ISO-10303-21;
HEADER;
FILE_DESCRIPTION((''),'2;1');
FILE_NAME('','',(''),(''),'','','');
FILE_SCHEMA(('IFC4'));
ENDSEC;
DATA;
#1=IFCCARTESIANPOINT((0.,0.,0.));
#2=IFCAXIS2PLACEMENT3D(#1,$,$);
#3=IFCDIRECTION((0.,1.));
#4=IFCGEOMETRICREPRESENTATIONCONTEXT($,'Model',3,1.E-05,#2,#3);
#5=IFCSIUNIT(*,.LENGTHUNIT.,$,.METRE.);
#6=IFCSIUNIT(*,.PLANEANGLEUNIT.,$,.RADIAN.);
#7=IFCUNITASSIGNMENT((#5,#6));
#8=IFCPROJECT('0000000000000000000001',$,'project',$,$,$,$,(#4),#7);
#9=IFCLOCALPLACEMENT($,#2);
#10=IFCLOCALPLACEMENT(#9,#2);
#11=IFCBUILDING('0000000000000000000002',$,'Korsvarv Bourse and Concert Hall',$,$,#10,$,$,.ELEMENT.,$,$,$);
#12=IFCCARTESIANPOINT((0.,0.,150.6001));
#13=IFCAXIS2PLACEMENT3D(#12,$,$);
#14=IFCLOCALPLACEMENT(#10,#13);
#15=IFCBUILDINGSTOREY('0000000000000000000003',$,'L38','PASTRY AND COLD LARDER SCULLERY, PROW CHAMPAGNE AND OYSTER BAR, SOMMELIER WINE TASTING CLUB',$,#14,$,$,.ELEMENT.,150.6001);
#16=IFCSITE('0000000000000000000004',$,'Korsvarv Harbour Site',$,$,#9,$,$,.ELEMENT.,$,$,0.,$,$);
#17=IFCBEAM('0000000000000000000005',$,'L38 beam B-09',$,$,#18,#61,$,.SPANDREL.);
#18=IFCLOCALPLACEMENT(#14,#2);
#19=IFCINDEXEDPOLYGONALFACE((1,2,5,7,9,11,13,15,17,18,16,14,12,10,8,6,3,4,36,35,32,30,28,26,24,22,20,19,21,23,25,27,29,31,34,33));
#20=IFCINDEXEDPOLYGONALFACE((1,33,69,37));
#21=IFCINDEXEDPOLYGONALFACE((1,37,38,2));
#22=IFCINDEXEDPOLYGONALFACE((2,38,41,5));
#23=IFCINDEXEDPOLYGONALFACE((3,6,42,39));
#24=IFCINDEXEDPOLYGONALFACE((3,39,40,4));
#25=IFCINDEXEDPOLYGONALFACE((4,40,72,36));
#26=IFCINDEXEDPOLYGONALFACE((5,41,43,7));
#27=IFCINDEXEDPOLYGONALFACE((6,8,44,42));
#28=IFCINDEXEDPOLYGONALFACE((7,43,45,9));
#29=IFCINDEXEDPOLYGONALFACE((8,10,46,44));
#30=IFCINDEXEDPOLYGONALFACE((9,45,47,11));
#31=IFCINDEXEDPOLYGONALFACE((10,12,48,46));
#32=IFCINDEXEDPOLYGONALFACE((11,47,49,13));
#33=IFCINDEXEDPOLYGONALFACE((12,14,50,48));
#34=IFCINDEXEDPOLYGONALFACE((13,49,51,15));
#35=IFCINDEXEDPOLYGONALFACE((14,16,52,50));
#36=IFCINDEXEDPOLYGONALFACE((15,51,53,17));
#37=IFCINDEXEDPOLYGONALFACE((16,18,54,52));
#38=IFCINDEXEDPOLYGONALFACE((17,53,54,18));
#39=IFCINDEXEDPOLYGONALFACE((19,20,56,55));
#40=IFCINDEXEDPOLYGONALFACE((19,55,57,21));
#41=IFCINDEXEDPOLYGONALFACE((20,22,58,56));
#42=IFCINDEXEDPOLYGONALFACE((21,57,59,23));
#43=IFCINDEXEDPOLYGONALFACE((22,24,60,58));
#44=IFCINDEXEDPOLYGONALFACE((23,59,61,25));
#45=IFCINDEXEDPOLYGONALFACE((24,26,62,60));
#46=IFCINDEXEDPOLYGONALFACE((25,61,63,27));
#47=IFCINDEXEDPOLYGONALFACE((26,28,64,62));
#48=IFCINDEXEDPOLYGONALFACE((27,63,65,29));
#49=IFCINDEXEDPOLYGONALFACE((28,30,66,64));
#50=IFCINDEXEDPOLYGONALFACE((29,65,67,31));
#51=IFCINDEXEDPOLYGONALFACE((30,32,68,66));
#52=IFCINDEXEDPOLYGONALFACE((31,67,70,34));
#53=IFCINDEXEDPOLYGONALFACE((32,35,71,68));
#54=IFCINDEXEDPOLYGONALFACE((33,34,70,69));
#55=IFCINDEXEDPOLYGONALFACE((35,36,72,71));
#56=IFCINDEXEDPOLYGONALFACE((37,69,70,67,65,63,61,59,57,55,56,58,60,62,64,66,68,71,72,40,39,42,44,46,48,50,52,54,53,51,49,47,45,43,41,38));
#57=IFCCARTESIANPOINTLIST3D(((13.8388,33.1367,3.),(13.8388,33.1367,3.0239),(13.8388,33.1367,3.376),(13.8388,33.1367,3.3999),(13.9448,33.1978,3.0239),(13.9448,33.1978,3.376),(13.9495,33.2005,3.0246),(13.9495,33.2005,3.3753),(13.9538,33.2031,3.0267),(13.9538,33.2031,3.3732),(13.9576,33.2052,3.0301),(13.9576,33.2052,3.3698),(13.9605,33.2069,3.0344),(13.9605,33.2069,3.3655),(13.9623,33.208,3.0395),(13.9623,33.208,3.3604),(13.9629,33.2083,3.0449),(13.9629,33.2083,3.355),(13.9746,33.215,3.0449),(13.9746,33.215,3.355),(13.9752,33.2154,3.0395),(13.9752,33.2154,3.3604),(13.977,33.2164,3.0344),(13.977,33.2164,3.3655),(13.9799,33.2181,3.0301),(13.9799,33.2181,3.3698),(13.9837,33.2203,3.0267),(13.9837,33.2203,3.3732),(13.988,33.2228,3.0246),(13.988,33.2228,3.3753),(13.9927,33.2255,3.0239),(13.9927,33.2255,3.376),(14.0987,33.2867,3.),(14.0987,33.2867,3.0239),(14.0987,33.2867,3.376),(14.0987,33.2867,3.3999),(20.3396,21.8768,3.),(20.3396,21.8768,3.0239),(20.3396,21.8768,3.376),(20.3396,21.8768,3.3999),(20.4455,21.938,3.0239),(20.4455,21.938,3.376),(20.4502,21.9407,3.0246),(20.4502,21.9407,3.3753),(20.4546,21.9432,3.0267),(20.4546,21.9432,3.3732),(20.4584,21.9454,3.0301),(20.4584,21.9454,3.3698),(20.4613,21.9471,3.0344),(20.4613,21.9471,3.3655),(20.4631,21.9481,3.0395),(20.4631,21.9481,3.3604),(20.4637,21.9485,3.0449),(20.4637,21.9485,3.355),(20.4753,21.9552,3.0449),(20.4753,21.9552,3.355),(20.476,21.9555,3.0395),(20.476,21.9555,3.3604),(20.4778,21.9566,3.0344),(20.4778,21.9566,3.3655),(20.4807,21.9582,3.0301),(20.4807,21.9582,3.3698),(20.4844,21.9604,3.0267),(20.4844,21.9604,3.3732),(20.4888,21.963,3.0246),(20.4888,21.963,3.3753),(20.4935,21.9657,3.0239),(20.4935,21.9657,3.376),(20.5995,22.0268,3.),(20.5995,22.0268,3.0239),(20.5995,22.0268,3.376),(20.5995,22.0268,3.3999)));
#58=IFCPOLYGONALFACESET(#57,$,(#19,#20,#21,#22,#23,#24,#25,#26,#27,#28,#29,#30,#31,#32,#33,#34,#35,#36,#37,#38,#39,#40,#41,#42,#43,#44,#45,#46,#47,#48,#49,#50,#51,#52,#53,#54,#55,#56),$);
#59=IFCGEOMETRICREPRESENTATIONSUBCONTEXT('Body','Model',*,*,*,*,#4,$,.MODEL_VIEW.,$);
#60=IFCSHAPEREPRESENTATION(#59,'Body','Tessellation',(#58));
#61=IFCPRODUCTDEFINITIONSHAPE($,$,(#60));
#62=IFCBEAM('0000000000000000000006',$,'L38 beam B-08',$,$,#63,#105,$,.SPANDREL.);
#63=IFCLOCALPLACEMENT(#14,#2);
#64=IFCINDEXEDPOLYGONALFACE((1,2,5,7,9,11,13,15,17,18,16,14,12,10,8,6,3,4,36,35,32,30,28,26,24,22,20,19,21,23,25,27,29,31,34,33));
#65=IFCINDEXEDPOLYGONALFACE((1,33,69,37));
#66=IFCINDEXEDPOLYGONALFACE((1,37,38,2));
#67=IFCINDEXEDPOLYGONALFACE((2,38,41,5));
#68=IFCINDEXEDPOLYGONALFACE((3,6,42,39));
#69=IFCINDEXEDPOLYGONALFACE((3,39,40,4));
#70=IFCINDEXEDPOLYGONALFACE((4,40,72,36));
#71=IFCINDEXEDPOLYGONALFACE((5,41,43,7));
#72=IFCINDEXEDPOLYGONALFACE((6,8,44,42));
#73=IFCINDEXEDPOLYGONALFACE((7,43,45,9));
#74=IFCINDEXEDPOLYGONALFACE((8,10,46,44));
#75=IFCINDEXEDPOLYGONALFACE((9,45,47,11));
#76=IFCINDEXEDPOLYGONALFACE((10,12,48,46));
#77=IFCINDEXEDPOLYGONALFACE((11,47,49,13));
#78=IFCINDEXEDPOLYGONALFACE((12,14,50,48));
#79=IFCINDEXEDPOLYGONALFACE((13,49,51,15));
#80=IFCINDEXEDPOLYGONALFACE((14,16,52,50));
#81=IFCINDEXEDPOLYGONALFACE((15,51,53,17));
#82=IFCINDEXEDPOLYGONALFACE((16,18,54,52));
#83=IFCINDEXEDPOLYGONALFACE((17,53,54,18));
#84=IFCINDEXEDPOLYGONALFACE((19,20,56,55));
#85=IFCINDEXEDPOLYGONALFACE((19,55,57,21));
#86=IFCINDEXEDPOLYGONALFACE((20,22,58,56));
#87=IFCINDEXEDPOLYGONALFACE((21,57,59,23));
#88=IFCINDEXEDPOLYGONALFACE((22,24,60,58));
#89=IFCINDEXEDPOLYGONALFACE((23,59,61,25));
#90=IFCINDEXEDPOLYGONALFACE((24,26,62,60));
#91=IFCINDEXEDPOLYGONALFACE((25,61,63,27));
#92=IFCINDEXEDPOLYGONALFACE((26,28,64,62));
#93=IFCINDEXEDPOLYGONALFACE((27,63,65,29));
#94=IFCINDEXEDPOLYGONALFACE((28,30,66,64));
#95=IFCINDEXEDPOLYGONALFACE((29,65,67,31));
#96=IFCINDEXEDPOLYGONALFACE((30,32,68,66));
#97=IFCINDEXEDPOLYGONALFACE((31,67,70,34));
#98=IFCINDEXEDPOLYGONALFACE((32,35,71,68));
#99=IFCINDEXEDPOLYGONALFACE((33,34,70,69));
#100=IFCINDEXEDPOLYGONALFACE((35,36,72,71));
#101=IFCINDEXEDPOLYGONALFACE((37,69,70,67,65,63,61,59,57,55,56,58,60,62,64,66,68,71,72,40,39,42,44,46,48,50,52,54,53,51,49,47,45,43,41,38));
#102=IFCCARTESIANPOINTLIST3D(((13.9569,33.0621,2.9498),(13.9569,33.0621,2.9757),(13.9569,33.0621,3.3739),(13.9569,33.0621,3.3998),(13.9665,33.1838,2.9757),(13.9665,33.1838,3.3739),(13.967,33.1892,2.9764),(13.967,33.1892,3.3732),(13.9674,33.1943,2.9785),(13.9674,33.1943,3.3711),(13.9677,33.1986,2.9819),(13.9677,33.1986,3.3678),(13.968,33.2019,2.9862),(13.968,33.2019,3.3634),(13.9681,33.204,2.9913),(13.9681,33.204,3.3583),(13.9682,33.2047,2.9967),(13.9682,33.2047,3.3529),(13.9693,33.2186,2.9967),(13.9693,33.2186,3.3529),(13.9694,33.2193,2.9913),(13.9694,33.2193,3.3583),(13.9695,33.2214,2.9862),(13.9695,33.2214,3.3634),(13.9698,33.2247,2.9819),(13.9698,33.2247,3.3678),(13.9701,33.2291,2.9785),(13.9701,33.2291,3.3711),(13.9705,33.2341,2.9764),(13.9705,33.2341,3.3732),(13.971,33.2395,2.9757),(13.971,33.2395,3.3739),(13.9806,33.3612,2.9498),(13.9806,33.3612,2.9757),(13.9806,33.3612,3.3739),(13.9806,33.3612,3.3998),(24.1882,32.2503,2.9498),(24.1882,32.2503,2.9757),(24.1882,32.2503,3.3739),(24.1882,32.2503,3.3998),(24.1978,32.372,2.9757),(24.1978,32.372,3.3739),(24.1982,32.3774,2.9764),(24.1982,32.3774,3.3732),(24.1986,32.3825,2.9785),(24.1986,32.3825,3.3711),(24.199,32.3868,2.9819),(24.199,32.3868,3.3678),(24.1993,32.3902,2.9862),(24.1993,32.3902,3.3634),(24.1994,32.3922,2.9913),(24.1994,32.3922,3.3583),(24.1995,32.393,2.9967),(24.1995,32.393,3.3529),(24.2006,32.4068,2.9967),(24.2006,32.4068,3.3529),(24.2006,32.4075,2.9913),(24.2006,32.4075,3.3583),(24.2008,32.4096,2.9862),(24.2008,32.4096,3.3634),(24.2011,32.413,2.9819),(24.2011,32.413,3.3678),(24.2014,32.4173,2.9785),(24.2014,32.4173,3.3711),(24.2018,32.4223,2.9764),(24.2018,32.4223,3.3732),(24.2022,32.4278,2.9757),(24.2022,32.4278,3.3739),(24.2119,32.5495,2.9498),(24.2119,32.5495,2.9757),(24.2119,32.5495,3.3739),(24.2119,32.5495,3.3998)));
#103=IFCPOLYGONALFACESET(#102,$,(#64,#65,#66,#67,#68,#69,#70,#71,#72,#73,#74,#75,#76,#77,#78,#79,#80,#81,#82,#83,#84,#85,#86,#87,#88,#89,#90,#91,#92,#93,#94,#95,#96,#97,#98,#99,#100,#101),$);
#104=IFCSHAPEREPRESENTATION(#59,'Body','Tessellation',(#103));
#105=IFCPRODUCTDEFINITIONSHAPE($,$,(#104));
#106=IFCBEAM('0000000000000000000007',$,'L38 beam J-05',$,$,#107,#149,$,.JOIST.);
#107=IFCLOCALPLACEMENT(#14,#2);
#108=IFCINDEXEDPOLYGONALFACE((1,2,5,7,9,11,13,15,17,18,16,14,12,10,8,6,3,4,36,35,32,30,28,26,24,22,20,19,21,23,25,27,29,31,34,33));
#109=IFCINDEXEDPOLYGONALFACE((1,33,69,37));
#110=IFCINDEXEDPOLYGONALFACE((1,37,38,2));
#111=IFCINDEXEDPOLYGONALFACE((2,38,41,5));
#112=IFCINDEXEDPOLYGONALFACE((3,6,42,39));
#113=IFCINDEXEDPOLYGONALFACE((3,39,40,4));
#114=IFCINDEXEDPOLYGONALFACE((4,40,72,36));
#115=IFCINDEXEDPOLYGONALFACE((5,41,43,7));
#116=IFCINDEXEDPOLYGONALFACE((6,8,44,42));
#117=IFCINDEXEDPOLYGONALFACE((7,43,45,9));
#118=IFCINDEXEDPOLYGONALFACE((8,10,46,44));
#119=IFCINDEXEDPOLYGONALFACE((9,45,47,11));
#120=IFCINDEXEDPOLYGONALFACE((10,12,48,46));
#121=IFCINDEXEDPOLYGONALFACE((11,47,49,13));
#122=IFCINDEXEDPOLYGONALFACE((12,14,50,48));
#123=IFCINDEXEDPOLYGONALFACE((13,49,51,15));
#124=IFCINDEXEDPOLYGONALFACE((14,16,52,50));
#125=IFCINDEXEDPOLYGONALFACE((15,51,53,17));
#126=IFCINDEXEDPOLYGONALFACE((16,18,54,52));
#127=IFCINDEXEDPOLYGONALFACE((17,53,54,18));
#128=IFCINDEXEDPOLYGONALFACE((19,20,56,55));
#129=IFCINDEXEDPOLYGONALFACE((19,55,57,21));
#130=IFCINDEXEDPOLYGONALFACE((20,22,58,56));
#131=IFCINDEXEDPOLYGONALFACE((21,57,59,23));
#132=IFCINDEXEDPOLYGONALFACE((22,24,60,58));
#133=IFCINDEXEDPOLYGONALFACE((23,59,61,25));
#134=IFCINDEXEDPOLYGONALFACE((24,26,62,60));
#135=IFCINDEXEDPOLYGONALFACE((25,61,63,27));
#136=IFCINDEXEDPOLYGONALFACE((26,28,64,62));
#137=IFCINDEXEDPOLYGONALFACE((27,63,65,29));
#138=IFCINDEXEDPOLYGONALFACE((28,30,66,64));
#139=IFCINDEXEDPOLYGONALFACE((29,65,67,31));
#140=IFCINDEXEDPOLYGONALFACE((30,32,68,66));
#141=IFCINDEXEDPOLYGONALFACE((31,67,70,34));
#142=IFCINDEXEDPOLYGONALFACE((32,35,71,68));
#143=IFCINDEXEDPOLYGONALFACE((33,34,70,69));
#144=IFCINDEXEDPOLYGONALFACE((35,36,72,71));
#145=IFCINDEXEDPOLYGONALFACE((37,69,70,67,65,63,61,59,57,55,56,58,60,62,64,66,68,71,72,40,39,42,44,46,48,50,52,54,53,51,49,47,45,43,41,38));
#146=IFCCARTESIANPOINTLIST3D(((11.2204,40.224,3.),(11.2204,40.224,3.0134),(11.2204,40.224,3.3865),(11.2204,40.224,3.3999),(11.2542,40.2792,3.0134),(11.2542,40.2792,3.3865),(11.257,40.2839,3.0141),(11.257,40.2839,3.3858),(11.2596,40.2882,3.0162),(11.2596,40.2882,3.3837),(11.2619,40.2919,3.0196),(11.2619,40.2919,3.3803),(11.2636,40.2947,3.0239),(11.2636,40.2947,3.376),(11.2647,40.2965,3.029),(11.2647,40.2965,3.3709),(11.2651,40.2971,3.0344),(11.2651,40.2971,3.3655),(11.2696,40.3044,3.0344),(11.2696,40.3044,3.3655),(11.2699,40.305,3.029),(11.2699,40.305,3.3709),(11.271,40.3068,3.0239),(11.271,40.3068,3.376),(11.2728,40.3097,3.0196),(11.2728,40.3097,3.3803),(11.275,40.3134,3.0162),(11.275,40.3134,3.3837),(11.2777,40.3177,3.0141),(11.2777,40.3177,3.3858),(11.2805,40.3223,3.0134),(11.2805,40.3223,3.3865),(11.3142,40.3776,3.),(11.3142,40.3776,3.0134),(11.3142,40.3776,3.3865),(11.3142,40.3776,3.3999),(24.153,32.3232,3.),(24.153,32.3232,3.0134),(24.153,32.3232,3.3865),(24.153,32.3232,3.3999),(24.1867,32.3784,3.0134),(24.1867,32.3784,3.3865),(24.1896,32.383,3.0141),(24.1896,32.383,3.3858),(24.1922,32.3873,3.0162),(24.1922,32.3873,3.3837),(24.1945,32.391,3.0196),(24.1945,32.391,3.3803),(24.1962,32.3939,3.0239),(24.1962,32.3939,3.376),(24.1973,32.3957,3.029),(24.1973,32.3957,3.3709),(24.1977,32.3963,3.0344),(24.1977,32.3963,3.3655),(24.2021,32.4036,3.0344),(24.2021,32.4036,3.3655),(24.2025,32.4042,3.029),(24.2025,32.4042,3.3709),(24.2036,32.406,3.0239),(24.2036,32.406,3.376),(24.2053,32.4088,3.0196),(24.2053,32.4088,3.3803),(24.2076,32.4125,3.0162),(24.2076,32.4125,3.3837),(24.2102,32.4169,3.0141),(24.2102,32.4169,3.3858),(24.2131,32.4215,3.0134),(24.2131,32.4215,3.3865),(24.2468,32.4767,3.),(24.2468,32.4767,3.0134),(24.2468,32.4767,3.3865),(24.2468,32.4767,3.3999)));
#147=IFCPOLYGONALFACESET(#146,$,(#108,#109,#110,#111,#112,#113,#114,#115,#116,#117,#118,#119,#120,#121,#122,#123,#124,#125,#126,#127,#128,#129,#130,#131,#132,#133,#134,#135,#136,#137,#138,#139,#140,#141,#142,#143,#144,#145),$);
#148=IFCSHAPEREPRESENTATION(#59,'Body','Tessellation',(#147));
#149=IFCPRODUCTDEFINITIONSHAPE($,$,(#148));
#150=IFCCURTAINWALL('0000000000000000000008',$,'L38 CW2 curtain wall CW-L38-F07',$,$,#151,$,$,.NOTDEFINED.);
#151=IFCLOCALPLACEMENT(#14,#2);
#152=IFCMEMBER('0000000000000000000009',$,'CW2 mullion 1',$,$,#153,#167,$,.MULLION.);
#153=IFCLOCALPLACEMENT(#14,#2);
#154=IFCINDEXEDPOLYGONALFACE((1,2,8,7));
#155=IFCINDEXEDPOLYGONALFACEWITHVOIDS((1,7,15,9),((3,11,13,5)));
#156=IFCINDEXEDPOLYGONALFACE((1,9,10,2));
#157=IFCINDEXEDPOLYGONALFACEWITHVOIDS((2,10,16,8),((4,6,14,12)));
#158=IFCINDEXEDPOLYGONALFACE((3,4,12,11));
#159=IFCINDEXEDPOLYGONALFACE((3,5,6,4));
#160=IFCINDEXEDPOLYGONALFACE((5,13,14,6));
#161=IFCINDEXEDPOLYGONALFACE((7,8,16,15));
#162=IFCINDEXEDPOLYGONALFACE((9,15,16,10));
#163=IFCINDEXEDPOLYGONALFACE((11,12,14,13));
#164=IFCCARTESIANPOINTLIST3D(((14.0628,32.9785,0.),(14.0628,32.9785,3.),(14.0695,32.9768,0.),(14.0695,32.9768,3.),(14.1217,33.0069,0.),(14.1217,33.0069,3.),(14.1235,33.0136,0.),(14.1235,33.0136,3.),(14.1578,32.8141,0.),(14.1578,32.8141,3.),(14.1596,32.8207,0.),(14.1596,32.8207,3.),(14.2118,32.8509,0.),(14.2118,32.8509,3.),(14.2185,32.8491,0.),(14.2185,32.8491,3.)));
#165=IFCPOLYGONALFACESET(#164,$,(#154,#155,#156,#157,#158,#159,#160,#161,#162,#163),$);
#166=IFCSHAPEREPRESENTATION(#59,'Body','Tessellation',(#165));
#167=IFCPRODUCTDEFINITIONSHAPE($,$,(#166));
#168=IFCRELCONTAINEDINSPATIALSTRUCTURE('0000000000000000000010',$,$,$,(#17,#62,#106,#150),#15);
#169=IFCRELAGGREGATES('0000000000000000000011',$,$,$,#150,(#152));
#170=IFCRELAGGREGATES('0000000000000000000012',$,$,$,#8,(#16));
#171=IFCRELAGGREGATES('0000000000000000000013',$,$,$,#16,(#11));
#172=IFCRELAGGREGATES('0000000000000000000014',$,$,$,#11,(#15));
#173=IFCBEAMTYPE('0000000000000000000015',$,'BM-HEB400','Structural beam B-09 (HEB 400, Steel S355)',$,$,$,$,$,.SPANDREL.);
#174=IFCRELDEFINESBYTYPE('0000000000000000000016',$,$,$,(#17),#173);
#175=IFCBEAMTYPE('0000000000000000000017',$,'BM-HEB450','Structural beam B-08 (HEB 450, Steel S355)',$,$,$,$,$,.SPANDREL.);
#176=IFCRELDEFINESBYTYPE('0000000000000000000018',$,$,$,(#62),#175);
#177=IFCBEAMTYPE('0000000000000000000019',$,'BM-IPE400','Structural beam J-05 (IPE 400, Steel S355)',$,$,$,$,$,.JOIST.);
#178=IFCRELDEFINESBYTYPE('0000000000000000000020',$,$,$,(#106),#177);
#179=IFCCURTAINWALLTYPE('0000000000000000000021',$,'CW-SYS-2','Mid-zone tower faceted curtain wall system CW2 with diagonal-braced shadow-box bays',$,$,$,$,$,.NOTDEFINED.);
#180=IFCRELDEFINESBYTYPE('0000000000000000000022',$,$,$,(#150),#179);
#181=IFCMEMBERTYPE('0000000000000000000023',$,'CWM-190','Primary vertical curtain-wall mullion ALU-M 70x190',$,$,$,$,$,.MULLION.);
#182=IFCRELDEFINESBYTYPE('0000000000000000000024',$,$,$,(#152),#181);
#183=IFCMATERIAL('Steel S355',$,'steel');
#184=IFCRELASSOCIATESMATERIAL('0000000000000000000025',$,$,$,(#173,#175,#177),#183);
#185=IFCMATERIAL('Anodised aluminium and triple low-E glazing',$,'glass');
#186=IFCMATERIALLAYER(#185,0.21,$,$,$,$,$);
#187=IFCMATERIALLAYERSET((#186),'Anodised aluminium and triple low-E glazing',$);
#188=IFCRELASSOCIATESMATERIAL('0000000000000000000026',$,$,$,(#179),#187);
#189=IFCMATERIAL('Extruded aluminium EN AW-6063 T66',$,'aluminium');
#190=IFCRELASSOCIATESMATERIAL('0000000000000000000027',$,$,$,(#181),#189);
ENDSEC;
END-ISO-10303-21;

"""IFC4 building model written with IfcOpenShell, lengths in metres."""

from ifc_helpers import new_model, si_unit, direction, frame, origin, origin_2d, place, context, subcontext, project, spatial, hollow_rectangle, i_section, extrude, source, transform, mapped, material, layer, layer_set, material_profile, profile_set, type_object, element, aggregate, save


model = new_model("IFC4")

# Units and contexts
model_context = context("Model", 3, precision=1e-05, world=origin(), true_north=direction((0.0, 1.0)))
body_context = subcontext(model_context, "Body", "Model", "MODEL_VIEW")
ifc_project = project(units=[si_unit("LENGTHUNIT", "METRE"), si_unit("PLANEANGLEUNIT", "RADIAN")], contexts=[model_context])

# Site, building, storey
site_placement = place(None, origin())
site = spatial("IfcSite", under=ifc_project, at=site_placement, Name="Korsvarv Harbour Site", CompositionType="ELEMENT", RefElevation=0.0)
building_placement = place(site_placement, origin())
building = spatial("IfcBuilding", under=site, at=building_placement, Name="Korsvarv Bourse and Concert Hall", CompositionType="ELEMENT")
storey_placement = place(building_placement, frame((0.0, 0.0, 150.6001)))
storey = spatial("IfcBuildingStorey", under=building, at=storey_placement, Name="L38", Description="PASTRY AND COLD LARDER SCULLERY, PROW CHAMPAGNE AND OYSTER BAR, SOMMELIER WINE TASTING CLUB", CompositionType="ELEMENT", Elevation=150.6001)

# Shared definitions
ifc_material_1 = material(Name="Steel S355", Category="steel")

# Beams
ifc_material_profile_1 = material_profile(ifc_material_1, i_section(OverallWidth=0.3, OverallDepth=0.3999, WebThickness=0.0134, FlangeThickness=0.0239, FilletRadius=0.021, at=origin_2d()), Name="HEB 400")
ifc_profile_set_1 = profile_set([ifc_material_profile_1], Name="Steel S355")
beam_type_1 = type_object("IfcBeamType", Name="BM-HEB400", Description="Structural beam B-09 (HEB 400, Steel S355)", PredefinedType="SPANDREL", material=ifc_profile_set_1)
shared_shape_1 = source(origin(), body_context, "Body", "SweptSolid", [
    extrude(i_section(OverallWidth=0.3, OverallDepth=0.3999, WebThickness=0.0134, FlangeThickness=0.0239, FilletRadius=0.021, at=origin_2d()), origin(), (0.0, 0.0, 1.0), 13.0017),
])
beam_1_placement = place(storey_placement, frame((13.9688, 33.2117, 3.2), z_axis=(0.499994, -0.866029, 0.0), x_axis=(0.866029, 0.499994, 0.0)))
element("IfcBeam", 1, at=beam_1_placement, inside=storey, type_object=beam_type_1, Name="L38 beam B-09", PredefinedType="SPANDREL", context=body_context, shape_type="MappedRepresentation", body=[
    mapped(shared_shape_1, transform((0.0, 0.0, 0.0), scale=1.0)),
])
ifc_material_profile_2 = material_profile(ifc_material_1, i_section(OverallWidth=0.3, OverallDepth=0.45, WebThickness=0.0139, FlangeThickness=0.0259, FilletRadius=0.021, at=origin_2d()), Name="HEB 450")
ifc_profile_set_2 = profile_set([ifc_material_profile_2], Name="Steel S355")
beam_type_2 = type_object("IfcBeamType", Name="BM-HEB450", Description="Structural beam B-08 (HEB 450, Steel S355)", PredefinedType="SPANDREL", material=ifc_profile_set_2)
shared_shape_2 = source(origin(), body_context, "Body", "SweptSolid", [
    extrude(i_section(OverallWidth=0.3, OverallDepth=0.45, WebThickness=0.0139, FlangeThickness=0.0259, FilletRadius=0.021, at=origin_2d()), origin(), (0.0, 0.0, 1.0), 10.2634),
])
beam_2_placement = place(storey_placement, frame((13.9688, 33.2117, 3.1748), z_axis=(0.996867, -0.079094, 0.0), x_axis=(0.079094, 0.996867, 0.0)))
element("IfcBeam", 2, at=beam_2_placement, inside=storey, type_object=beam_type_2, Name="L38 beam B-08", PredefinedType="SPANDREL", context=body_context, shape_type="MappedRepresentation", body=[
    mapped(shared_shape_2, transform((0.0, 0.0, 0.0), scale=1.0)),
])
ifc_material_profile_3 = material_profile(ifc_material_1, i_section(OverallWidth=0.1799, OverallDepth=0.3999, WebThickness=0.0085, FlangeThickness=0.0134, FilletRadius=0.021, at=origin_2d()), Name="IPE 400")
ifc_profile_set_3 = profile_set([ifc_material_profile_3], Name="Steel S355")
beam_type_3 = type_object("IfcBeamType", Name="BM-IPE400", Description="Structural beam J-05 (IPE 400, Steel S355)", PredefinedType="JOIST", material=ifc_profile_set_3)
shared_shape_3 = source(origin(), body_context, "Body", "SweptSolid", [
    extrude(i_section(OverallWidth=0.1799, OverallDepth=0.3999, WebThickness=0.0085, FlangeThickness=0.0134, FilletRadius=0.021, at=origin_2d()), origin(), (0.0, 0.0, 1.0), 15.155),
])
beam_3_placement = place(storey_placement, frame((11.2673, 40.3008, 3.2), z_axis=(0.853352, -0.521335, 0.0), x_axis=(0.521335, 0.853352, 0.0)))
element("IfcBeam", 3, at=beam_3_placement, inside=storey, type_object=beam_type_3, Name="L38 beam J-05", PredefinedType="JOIST", context=body_context, shape_type="MappedRepresentation", body=[
    mapped(shared_shape_3, transform((0.0, 0.0, 0.0), scale=1.0)),
])

# Curtain wall, member
ifc_material_2 = material(Name="Anodised aluminium and triple low-E glazing", Category="glass")
ifc_layer_1 = layer(ifc_material_2, 0.21)
ifc_layer_set_1 = layer_set([ifc_layer_1], Name="Anodised aluminium and triple low-E glazing")
curtain_wall_type = type_object("IfcCurtainWallType", Name="CW-SYS-2", Description="Mid-zone tower faceted curtain wall system CW2 with diagonal-braced shadow-box bays", PredefinedType="NOTDEFINED", material=ifc_layer_set_1)
curtain_wall_placement = place(storey_placement, origin())
curtain_wall = element("IfcCurtainWall", 4, at=curtain_wall_placement, inside=storey, type_object=curtain_wall_type, Name="L38 CW2 curtain wall CW-L38-F07", PredefinedType="NOTDEFINED")
ifc_material_3 = material(Name="Extruded aluminium EN AW-6063 T66", Category="aluminium")
ifc_material_profile_4 = material_profile(ifc_material_3, hollow_rectangle(XDim=0.0701, YDim=0.1899, WallThickness=0.0049, at=origin_2d()), Name="ALU-M 70x190")
ifc_profile_set_4 = profile_set([ifc_material_profile_4], Name="Extruded aluminium EN AW-6063 T66")
member_type_1 = type_object("IfcMemberType", Name="CWM-190", Description="Primary vertical curtain-wall mullion ALU-M 70x190", PredefinedType="MULLION", material=ifc_profile_set_4)
shared_shape_4 = source(origin(), body_context, "Body", "SweptSolid", [
    extrude(hollow_rectangle(XDim=0.0701, YDim=0.1899, WallThickness=0.0049, at=origin_2d()), origin(), (0.0, 0.0, 1.0), 3.0),
])
member_1_placement = place(storey_placement, frame((14.1406, 32.9138, 0.0), z_axis=(0.0, 0.0, 1.0), x_axis=(0.866022, 0.500006, 0.0)))
member_1 = element("IfcMember", 5, at=member_1_placement, type_object=member_type_1, Name="CW2 mullion 1", PredefinedType="MULLION", context=body_context, shape_type="MappedRepresentation", body=[
    mapped(shared_shape_4, transform((0.0, 0.0, 0.0), scale=1.0)),
])
aggregate(curtain_wall, [member_1])

save(model, "model.ifc")
